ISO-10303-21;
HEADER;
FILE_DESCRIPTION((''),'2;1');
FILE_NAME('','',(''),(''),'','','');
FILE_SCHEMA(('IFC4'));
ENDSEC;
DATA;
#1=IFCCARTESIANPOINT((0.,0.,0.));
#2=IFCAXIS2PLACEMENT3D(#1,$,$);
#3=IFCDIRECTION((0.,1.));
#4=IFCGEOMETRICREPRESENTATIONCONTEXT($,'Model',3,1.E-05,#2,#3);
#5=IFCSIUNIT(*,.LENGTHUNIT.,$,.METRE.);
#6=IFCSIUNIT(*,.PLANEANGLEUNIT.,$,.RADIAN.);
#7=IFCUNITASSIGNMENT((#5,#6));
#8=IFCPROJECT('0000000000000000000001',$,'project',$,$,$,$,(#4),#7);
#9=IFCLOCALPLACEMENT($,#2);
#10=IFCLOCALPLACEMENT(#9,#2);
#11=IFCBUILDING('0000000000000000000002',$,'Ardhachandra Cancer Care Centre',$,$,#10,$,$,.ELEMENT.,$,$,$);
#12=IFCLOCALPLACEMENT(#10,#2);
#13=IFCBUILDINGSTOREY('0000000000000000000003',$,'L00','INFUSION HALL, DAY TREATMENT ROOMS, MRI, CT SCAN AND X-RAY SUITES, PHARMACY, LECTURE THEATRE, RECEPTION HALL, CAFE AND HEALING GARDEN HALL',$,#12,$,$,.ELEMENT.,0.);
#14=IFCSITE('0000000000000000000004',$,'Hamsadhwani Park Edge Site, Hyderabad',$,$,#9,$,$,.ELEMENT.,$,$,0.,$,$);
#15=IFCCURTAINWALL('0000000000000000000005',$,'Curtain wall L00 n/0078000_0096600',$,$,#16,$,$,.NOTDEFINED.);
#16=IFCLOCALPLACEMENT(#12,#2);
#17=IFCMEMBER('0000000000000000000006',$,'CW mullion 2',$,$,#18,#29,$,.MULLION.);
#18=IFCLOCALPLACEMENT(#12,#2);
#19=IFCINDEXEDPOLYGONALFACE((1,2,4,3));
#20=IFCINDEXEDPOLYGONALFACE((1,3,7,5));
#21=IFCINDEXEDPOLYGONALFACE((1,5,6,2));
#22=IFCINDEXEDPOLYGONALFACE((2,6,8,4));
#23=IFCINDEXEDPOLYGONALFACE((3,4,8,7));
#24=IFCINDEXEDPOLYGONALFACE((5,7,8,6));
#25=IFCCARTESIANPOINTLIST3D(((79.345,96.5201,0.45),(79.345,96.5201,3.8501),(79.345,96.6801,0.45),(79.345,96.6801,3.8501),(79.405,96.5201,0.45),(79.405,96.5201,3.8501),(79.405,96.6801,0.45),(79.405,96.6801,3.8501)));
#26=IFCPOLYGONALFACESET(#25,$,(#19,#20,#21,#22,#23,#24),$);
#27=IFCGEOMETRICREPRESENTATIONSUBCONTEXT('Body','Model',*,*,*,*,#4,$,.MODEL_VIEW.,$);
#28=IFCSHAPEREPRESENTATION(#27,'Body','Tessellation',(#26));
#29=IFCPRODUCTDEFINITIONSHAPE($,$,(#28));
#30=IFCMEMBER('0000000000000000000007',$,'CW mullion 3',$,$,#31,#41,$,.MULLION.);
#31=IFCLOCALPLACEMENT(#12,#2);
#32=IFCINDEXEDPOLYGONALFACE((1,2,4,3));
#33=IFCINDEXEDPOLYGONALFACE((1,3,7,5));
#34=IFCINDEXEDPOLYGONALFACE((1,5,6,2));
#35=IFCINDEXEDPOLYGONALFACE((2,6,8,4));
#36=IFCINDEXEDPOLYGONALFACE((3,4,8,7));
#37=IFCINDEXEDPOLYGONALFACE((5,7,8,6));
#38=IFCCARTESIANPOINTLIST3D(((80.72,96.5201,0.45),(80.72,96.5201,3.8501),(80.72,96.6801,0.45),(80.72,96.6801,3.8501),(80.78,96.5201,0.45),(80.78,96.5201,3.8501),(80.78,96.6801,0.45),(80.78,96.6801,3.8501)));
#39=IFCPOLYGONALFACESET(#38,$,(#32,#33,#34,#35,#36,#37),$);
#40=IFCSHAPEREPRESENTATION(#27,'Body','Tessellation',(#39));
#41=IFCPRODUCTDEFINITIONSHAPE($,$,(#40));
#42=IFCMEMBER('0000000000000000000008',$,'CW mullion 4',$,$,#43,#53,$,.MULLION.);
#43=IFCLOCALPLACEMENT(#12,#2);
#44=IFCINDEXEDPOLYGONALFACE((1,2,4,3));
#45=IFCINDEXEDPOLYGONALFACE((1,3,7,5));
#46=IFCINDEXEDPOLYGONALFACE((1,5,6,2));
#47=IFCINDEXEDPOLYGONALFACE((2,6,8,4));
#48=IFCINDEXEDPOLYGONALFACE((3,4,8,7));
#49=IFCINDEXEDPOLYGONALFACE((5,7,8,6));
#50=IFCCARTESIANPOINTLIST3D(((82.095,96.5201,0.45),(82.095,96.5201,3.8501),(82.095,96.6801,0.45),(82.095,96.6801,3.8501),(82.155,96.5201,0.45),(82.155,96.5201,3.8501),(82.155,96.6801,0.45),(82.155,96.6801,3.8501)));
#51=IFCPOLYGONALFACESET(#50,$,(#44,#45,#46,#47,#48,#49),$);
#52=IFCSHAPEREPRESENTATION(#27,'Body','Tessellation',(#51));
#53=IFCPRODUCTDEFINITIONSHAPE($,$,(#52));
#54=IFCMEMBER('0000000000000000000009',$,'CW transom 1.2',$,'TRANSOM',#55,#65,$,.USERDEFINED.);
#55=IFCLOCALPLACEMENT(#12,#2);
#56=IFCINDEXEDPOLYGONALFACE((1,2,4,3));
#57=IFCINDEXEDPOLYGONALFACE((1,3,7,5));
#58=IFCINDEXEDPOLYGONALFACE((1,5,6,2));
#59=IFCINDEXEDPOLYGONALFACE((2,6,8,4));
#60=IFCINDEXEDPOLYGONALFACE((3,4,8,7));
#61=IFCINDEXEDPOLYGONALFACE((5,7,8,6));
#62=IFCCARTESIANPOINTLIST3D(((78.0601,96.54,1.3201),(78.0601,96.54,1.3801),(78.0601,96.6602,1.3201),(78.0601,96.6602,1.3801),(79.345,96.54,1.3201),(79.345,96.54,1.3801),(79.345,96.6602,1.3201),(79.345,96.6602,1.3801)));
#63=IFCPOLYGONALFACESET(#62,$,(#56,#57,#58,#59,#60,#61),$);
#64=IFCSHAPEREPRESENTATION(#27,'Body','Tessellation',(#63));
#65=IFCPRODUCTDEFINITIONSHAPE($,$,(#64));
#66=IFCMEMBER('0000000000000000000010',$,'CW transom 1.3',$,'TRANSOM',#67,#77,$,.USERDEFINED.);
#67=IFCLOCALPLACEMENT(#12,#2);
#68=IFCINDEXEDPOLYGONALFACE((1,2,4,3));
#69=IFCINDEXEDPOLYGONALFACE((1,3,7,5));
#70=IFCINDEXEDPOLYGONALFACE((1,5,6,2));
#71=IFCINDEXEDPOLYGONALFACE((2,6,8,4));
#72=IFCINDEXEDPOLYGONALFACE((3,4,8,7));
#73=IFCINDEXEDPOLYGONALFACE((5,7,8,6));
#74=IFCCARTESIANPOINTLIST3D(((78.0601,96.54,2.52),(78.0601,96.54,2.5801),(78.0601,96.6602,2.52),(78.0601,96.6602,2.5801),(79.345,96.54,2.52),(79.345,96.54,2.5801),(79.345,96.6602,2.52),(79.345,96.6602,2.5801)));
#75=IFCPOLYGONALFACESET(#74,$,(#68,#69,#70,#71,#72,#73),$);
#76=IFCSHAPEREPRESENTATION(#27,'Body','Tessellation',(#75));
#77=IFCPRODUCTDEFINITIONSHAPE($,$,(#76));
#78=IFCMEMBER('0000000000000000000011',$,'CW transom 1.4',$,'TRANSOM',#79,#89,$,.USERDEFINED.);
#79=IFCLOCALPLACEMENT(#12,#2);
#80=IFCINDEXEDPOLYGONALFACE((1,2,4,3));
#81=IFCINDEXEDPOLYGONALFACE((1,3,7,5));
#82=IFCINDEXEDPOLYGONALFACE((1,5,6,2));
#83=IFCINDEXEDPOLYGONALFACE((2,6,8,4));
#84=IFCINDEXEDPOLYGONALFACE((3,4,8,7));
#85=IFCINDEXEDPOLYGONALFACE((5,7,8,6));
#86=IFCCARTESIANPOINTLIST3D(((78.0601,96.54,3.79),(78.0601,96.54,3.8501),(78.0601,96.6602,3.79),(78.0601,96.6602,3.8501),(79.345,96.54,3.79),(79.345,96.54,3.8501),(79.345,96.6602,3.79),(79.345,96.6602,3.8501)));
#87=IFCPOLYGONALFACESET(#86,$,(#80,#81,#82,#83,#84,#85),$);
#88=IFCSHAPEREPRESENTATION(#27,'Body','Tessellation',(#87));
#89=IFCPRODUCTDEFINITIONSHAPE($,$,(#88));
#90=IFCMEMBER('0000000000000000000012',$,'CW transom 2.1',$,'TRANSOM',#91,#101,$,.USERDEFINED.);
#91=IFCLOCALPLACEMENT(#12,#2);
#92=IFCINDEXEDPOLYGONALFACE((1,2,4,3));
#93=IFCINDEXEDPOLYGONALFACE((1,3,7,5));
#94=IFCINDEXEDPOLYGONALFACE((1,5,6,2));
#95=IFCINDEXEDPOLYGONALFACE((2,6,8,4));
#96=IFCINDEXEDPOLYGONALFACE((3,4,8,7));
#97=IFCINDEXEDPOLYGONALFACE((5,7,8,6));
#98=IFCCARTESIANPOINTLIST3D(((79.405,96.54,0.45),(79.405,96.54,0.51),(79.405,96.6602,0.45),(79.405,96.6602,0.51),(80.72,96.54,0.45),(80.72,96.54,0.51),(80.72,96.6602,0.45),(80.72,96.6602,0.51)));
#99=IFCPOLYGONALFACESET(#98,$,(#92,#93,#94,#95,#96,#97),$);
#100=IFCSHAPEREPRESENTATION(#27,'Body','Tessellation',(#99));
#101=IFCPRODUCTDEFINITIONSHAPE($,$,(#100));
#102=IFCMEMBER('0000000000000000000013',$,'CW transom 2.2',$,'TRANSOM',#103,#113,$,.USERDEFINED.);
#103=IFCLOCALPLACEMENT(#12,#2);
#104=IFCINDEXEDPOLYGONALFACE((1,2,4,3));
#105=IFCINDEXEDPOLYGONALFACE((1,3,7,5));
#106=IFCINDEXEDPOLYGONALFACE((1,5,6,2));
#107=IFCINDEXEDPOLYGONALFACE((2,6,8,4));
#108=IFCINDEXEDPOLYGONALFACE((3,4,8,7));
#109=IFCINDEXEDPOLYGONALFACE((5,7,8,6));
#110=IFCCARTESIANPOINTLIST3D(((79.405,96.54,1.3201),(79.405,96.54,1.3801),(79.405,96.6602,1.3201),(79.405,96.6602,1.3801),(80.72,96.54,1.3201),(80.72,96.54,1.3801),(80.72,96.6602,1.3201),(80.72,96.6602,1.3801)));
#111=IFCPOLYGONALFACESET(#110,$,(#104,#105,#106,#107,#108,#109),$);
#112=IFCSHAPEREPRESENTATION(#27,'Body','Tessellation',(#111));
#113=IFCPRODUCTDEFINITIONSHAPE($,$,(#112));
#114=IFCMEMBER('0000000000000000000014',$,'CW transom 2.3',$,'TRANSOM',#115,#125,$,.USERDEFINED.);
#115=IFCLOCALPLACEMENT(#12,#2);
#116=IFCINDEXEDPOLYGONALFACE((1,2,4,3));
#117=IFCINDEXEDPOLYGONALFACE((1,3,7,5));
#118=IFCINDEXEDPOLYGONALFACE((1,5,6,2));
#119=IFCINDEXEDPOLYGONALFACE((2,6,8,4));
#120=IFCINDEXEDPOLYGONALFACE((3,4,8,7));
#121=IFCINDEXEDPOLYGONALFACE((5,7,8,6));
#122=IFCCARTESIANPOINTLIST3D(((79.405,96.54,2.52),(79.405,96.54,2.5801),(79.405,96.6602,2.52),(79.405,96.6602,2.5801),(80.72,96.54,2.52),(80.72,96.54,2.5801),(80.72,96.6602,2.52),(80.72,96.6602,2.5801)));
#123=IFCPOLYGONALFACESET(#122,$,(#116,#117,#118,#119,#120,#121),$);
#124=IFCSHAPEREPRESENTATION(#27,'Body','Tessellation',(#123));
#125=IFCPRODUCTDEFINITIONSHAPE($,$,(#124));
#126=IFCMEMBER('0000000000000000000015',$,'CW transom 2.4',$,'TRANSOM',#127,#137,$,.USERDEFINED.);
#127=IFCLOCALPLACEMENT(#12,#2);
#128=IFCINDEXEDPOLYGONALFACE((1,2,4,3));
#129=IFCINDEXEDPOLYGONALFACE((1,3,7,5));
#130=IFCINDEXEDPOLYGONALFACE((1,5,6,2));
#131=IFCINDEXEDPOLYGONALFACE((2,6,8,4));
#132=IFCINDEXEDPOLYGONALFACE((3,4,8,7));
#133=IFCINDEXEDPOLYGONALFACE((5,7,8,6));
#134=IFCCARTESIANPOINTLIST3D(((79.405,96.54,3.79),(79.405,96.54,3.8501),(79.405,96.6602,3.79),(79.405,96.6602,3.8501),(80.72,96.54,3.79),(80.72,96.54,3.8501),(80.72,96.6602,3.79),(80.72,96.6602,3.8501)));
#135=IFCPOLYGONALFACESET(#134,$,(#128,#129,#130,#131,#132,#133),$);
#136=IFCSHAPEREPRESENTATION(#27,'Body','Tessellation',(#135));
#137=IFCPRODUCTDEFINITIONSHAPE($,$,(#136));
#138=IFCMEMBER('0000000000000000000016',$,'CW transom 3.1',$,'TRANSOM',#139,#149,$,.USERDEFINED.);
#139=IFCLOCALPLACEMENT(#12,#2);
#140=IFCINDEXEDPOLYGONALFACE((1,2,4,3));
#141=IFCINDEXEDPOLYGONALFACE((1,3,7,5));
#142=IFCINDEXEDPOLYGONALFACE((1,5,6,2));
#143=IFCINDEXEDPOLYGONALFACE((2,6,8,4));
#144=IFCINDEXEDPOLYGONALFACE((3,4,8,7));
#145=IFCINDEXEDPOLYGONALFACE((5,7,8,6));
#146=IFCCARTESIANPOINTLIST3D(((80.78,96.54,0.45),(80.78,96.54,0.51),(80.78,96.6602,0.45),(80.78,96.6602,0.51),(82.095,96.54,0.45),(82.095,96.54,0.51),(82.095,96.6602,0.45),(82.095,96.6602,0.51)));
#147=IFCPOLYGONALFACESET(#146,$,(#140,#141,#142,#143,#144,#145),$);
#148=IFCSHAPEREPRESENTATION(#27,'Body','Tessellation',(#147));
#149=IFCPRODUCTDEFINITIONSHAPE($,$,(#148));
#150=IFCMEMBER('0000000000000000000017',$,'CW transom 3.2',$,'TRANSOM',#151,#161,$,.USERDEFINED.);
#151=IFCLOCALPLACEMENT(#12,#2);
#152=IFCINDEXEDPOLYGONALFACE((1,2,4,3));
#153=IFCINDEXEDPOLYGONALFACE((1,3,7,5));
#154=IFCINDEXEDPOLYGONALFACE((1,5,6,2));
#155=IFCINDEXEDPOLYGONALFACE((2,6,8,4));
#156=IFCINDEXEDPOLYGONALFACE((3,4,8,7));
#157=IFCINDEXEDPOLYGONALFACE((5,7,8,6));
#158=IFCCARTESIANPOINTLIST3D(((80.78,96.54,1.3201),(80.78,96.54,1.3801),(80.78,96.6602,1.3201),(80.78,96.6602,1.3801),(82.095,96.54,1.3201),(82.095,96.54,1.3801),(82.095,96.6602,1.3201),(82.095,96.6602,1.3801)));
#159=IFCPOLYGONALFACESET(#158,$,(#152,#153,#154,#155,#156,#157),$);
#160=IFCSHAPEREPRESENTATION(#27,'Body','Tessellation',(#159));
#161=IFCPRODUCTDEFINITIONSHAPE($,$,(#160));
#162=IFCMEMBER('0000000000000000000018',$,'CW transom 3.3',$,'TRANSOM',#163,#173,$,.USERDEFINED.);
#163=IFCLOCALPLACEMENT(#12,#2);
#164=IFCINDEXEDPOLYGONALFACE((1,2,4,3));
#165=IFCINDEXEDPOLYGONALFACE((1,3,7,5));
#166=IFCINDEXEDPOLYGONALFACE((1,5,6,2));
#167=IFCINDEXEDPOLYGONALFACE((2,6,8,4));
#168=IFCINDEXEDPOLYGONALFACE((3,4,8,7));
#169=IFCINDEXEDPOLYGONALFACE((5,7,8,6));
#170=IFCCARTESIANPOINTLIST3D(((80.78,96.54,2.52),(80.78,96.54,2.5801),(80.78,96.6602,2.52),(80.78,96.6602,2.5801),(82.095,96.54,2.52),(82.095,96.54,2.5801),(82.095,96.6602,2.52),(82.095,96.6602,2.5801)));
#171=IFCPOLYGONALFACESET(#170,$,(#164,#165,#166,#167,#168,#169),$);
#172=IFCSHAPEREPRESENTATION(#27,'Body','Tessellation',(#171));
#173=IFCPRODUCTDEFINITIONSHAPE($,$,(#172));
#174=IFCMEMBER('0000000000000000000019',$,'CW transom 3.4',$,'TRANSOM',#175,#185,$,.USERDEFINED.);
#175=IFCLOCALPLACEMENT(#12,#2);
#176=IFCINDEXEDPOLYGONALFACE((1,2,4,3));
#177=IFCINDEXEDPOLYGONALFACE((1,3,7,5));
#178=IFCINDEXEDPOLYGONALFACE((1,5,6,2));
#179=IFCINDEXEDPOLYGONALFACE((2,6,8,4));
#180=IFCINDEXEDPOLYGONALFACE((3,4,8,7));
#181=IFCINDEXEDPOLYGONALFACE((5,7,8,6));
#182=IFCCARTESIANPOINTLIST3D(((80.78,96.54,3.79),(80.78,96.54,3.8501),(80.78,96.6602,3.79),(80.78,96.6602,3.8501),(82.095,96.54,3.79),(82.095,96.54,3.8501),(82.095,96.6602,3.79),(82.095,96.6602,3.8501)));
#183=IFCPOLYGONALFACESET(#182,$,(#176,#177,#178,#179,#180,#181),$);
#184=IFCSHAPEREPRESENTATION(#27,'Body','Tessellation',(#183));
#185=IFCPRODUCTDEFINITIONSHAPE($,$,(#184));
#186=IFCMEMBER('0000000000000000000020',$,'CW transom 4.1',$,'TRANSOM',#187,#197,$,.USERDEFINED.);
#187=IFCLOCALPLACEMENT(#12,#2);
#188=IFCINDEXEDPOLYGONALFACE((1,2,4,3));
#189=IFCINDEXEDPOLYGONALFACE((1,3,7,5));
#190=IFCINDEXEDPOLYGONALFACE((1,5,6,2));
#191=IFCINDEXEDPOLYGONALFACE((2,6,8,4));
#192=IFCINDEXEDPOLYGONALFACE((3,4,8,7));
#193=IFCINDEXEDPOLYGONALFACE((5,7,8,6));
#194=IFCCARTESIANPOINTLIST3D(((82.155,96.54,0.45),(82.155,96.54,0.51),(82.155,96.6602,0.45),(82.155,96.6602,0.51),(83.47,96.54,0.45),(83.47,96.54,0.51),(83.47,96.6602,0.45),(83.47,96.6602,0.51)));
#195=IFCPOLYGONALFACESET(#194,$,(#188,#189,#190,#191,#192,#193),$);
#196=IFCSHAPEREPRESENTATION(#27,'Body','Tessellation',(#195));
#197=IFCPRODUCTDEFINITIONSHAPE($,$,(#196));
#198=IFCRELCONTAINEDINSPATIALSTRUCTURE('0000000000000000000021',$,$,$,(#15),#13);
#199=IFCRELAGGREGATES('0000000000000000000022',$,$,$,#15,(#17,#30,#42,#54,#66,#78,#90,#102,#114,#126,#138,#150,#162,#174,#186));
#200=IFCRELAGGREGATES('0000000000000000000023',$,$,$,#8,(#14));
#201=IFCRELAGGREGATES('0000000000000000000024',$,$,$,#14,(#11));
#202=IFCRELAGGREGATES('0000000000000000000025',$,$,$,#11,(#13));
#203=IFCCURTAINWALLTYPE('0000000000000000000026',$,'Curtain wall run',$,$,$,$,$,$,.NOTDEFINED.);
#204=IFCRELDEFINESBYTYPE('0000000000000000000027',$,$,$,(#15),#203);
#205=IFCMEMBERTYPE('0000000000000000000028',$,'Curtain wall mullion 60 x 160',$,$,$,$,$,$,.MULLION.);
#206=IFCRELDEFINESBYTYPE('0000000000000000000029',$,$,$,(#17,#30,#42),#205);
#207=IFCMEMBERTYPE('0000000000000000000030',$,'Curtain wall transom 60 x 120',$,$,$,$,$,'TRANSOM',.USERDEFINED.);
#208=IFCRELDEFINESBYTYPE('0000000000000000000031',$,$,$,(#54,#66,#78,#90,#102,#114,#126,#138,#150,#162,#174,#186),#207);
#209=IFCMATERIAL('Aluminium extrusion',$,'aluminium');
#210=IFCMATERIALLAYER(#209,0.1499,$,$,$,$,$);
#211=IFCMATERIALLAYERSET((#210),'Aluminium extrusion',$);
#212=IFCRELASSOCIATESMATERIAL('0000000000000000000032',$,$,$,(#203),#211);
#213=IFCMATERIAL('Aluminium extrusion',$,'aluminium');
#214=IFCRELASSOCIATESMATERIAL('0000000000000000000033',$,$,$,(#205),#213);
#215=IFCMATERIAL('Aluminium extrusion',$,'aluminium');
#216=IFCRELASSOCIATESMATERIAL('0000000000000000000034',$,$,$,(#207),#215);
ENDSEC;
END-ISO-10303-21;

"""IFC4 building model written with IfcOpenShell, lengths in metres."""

from ifc_helpers import new_model, si_unit, direction, frame, origin, origin_2d, place, context, subcontext, project, spatial, rectangle, extrude, material, layer, layer_set, material_profile, profile_set, type_object, element, aggregate, save


model = new_model("IFC4")

# Units and contexts
model_context = context("Model", 3, precision=1e-05, world=origin(), true_north=direction((0.0, 1.0)))
body_context = subcontext(model_context, "Body", "Model", "MODEL_VIEW")
ifc_project = project(units=[si_unit("LENGTHUNIT", "METRE"), si_unit("PLANEANGLEUNIT", "RADIAN")], contexts=[model_context])

# Site, building, storey
site_placement = place(None, origin())
site = spatial("IfcSite", under=ifc_project, at=site_placement, Name="Hamsadhwani Park Edge Site, Hyderabad", CompositionType="ELEMENT", RefElevation=0.0)
building_placement = place(site_placement, origin())
building = spatial("IfcBuilding", under=site, at=building_placement, Name="Ardhachandra Cancer Care Centre", CompositionType="ELEMENT")
storey_placement = place(building_placement, origin())
storey = spatial("IfcBuildingStorey", under=building, at=storey_placement, Name="L00", Description="INFUSION HALL, DAY TREATMENT ROOMS, MRI, CT SCAN AND X-RAY SUITES, PHARMACY, LECTURE THEATRE, RECEPTION HALL, CAFE AND HEALING GARDEN HALL", CompositionType="ELEMENT", Elevation=0.0)

# Curtain wall, members
ifc_material_1 = material(Name="Aluminium extrusion", Category="aluminium")
ifc_layer_1 = layer(ifc_material_1, 0.1499)
ifc_layer_set_1 = layer_set([ifc_layer_1], Name="Aluminium extrusion")
curtain_wall_type = type_object("IfcCurtainWallType", Name="Curtain wall run", PredefinedType="NOTDEFINED", material=ifc_layer_set_1)
curtain_wall_placement = place(storey_placement, origin())
curtain_wall = element("IfcCurtainWall", 1, at=curtain_wall_placement, inside=storey, type_object=curtain_wall_type, Name="Curtain wall L00 n/0078000_0096600", PredefinedType="NOTDEFINED")
ifc_material_2 = material(Name="Aluminium extrusion", Category="aluminium")
ifc_material_profile_1 = material_profile(ifc_material_2, rectangle(XDim=0.1599, YDim=0.0601, at=origin_2d()), Name="Curtain wall mullion 60 x 160")
ifc_profile_set_1 = profile_set([ifc_material_profile_1], Name="Aluminium extrusion")
member_type_1 = type_object("IfcMemberType", Name="Curtain wall mullion 60 x 160", PredefinedType="MULLION", material=ifc_profile_set_1)
member_1_placement = place(storey_placement, frame((79.375, 96.6001, 0.45), z_axis=(0.0, 0.0, 1.0), x_axis=(0.0, 1.0, 0.0)))
member_1 = element("IfcMember", 2, at=member_1_placement, type_object=member_type_1, Name="CW mullion 2", PredefinedType="MULLION", context=body_context, shape_type="SweptSolid", body=[
    extrude(rectangle(XDim=0.1599, YDim=0.0601, at=origin_2d()), origin(), (0.0, 0.0, 1.0), 3.4001),
])
member_2_placement = place(storey_placement, frame((80.75, 96.6001, 0.45), z_axis=(0.0, 0.0, 1.0), x_axis=(0.0, 1.0, 0.0)))
member_2 = element("IfcMember", 3, at=member_2_placement, type_object=member_type_1, Name="CW mullion 3", PredefinedType="MULLION", context=body_context, shape_type="SweptSolid", body=[
    extrude(rectangle(XDim=0.1599, YDim=0.0601, at=origin_2d()), origin(), (0.0, 0.0, 1.0), 3.4001),
])
member_3_placement = place(storey_placement, frame((82.125, 96.6001, 0.45), z_axis=(0.0, 0.0, 1.0), x_axis=(0.0, 1.0, 0.0)))
member_3 = element("IfcMember", 4, at=member_3_placement, type_object=member_type_1, Name="CW mullion 4", PredefinedType="MULLION", context=body_context, shape_type="SweptSolid", body=[
    extrude(rectangle(XDim=0.1599, YDim=0.0601, at=origin_2d()), origin(), (0.0, 0.0, 1.0), 3.4001),
])
ifc_material_3 = material(Name="Aluminium extrusion", Category="aluminium")
ifc_material_profile_2 = material_profile(ifc_material_3, rectangle(XDim=0.1201, YDim=0.0601, at=origin_2d()), Name="Curtain wall transom 60 x 120")
ifc_profile_set_2 = profile_set([ifc_material_profile_2], Name="Aluminium extrusion")
member_type_2 = type_object("IfcMemberType", Name="Curtain wall transom 60 x 120", ElementType="TRANSOM", PredefinedType="USERDEFINED", material=ifc_profile_set_2)
member_4_placement = place(storey_placement, frame((78.0601, 96.6001, 1.3501), z_axis=(1.0, 0.0, 0.0), x_axis=(0.0, 1.0, 0.0)))
member_4 = element("IfcMember", 5, at=member_4_placement, type_object=member_type_2, Name="CW transom 1.2", ObjectType="TRANSOM", PredefinedType="USERDEFINED", context=body_context, shape_type="SweptSolid", body=[
    extrude(rectangle(XDim=0.1201, YDim=0.0601, at=origin_2d()), origin(), (0.0, 0.0, 1.0), 1.2849),
])
member_5_placement = place(storey_placement, frame((78.0601, 96.6001, 2.55), z_axis=(1.0, 0.0, 0.0), x_axis=(0.0, 1.0, 0.0)))
member_5 = element("IfcMember", 6, at=member_5_placement, type_object=member_type_2, Name="CW transom 1.3", ObjectType="TRANSOM", PredefinedType="USERDEFINED", context=body_context, shape_type="SweptSolid", body=[
    extrude(rectangle(XDim=0.1201, YDim=0.0601, at=origin_2d()), origin(), (0.0, 0.0, 1.0), 1.2849),
])
member_6_placement = place(storey_placement, frame((78.0601, 96.6001, 3.8201), z_axis=(1.0, 0.0, 0.0), x_axis=(0.0, 1.0, 0.0)))
member_6 = element("IfcMember", 7, at=member_6_placement, type_object=member_type_2, Name="CW transom 1.4", ObjectType="TRANSOM", PredefinedType="USERDEFINED", context=body_context, shape_type="SweptSolid", body=[
    extrude(rectangle(XDim=0.1201, YDim=0.0601, at=origin_2d()), origin(), (0.0, 0.0, 1.0), 1.2849),
])
member_7_placement = place(storey_placement, frame((79.405, 96.6001, 0.48), z_axis=(1.0, 0.0, 0.0), x_axis=(0.0, 1.0, 0.0)))
member_7 = element("IfcMember", 8, at=member_7_placement, type_object=member_type_2, Name="CW transom 2.1", ObjectType="TRANSOM", PredefinedType="USERDEFINED", context=body_context, shape_type="SweptSolid", body=[
    extrude(rectangle(XDim=0.1201, YDim=0.0601, at=origin_2d()), origin(), (0.0, 0.0, 1.0), 1.3149),
])
member_8_placement = place(storey_placement, frame((79.405, 96.6001, 1.3501), z_axis=(1.0, 0.0, 0.0), x_axis=(0.0, 1.0, 0.0)))
member_8 = element("IfcMember", 9, at=member_8_placement, type_object=member_type_2, Name="CW transom 2.2", ObjectType="TRANSOM", PredefinedType="USERDEFINED", context=body_context, shape_type="SweptSolid", body=[
    extrude(rectangle(XDim=0.1201, YDim=0.0601, at=origin_2d()), origin(), (0.0, 0.0, 1.0), 1.3149),
])
member_9_placement = place(storey_placement, frame((79.405, 96.6001, 2.55), z_axis=(1.0, 0.0, 0.0), x_axis=(0.0, 1.0, 0.0)))
member_9 = element("IfcMember", 10, at=member_9_placement, type_object=member_type_2, Name="CW transom 2.3", ObjectType="TRANSOM", PredefinedType="USERDEFINED", context=body_context, shape_type="SweptSolid", body=[
    extrude(rectangle(XDim=0.1201, YDim=0.0601, at=origin_2d()), origin(), (0.0, 0.0, 1.0), 1.3149),
])
member_10_placement = place(storey_placement, frame((79.405, 96.6001, 3.8201), z_axis=(1.0, 0.0, 0.0), x_axis=(0.0, 1.0, 0.0)))
member_10 = element("IfcMember", 11, at=member_10_placement, type_object=member_type_2, Name="CW transom 2.4", ObjectType="TRANSOM", PredefinedType="USERDEFINED", context=body_context, shape_type="SweptSolid", body=[
    extrude(rectangle(XDim=0.1201, YDim=0.0601, at=origin_2d()), origin(), (0.0, 0.0, 1.0), 1.3149),
])
member_11_placement = place(storey_placement, frame((80.78, 96.6001, 0.48), z_axis=(1.0, 0.0, 0.0), x_axis=(0.0, 1.0, 0.0)))
member_11 = element("IfcMember", 12, at=member_11_placement, type_object=member_type_2, Name="CW transom 3.1", ObjectType="TRANSOM", PredefinedType="USERDEFINED", context=body_context, shape_type="SweptSolid", body=[
    extrude(rectangle(XDim=0.1201, YDim=0.0601, at=origin_2d()), origin(), (0.0, 0.0, 1.0), 1.3149),
])
member_12_placement = place(storey_placement, frame((80.78, 96.6001, 1.3501), z_axis=(1.0, 0.0, 0.0), x_axis=(0.0, 1.0, 0.0)))
member_12 = element("IfcMember", 13, at=member_12_placement, type_object=member_type_2, Name="CW transom 3.2", ObjectType="TRANSOM", PredefinedType="USERDEFINED", context=body_context, shape_type="SweptSolid", body=[
    extrude(rectangle(XDim=0.1201, YDim=0.0601, at=origin_2d()), origin(), (0.0, 0.0, 1.0), 1.3149),
])
member_13_placement = place(storey_placement, frame((80.78, 96.6001, 2.55), z_axis=(1.0, 0.0, 0.0), x_axis=(0.0, 1.0, 0.0)))
member_13 = element("IfcMember", 14, at=member_13_placement, type_object=member_type_2, Name="CW transom 3.3", ObjectType="TRANSOM", PredefinedType="USERDEFINED", context=body_context, shape_type="SweptSolid", body=[
    extrude(rectangle(XDim=0.1201, YDim=0.0601, at=origin_2d()), origin(), (0.0, 0.0, 1.0), 1.3149),
])
member_14_placement = place(storey_placement, frame((80.78, 96.6001, 3.8201), z_axis=(1.0, 0.0, 0.0), x_axis=(0.0, 1.0, 0.0)))
member_14 = element("IfcMember", 15, at=member_14_placement, type_object=member_type_2, Name="CW transom 3.4", ObjectType="TRANSOM", PredefinedType="USERDEFINED", context=body_context, shape_type="SweptSolid", body=[
    extrude(rectangle(XDim=0.1201, YDim=0.0601, at=origin_2d()), origin(), (0.0, 0.0, 1.0), 1.3149),
])
member_15_placement = place(storey_placement, frame((82.155, 96.6001, 0.48), z_axis=(1.0, 0.0, 0.0), x_axis=(0.0, 1.0, 0.0)))
member_15 = element("IfcMember", 16, at=member_15_placement, type_object=member_type_2, Name="CW transom 4.1", ObjectType="TRANSOM", PredefinedType="USERDEFINED", context=body_context, shape_type="SweptSolid", body=[
    extrude(rectangle(XDim=0.1201, YDim=0.0601, at=origin_2d()), origin(), (0.0, 0.0, 1.0), 1.3149),
])
aggregate(curtain_wall, [member_1, member_2, member_3, member_4, member_5, member_6, member_7, member_8, member_9, member_10, member_11, member_12, member_13, member_14, member_15])

save(model, "model.ifc")
